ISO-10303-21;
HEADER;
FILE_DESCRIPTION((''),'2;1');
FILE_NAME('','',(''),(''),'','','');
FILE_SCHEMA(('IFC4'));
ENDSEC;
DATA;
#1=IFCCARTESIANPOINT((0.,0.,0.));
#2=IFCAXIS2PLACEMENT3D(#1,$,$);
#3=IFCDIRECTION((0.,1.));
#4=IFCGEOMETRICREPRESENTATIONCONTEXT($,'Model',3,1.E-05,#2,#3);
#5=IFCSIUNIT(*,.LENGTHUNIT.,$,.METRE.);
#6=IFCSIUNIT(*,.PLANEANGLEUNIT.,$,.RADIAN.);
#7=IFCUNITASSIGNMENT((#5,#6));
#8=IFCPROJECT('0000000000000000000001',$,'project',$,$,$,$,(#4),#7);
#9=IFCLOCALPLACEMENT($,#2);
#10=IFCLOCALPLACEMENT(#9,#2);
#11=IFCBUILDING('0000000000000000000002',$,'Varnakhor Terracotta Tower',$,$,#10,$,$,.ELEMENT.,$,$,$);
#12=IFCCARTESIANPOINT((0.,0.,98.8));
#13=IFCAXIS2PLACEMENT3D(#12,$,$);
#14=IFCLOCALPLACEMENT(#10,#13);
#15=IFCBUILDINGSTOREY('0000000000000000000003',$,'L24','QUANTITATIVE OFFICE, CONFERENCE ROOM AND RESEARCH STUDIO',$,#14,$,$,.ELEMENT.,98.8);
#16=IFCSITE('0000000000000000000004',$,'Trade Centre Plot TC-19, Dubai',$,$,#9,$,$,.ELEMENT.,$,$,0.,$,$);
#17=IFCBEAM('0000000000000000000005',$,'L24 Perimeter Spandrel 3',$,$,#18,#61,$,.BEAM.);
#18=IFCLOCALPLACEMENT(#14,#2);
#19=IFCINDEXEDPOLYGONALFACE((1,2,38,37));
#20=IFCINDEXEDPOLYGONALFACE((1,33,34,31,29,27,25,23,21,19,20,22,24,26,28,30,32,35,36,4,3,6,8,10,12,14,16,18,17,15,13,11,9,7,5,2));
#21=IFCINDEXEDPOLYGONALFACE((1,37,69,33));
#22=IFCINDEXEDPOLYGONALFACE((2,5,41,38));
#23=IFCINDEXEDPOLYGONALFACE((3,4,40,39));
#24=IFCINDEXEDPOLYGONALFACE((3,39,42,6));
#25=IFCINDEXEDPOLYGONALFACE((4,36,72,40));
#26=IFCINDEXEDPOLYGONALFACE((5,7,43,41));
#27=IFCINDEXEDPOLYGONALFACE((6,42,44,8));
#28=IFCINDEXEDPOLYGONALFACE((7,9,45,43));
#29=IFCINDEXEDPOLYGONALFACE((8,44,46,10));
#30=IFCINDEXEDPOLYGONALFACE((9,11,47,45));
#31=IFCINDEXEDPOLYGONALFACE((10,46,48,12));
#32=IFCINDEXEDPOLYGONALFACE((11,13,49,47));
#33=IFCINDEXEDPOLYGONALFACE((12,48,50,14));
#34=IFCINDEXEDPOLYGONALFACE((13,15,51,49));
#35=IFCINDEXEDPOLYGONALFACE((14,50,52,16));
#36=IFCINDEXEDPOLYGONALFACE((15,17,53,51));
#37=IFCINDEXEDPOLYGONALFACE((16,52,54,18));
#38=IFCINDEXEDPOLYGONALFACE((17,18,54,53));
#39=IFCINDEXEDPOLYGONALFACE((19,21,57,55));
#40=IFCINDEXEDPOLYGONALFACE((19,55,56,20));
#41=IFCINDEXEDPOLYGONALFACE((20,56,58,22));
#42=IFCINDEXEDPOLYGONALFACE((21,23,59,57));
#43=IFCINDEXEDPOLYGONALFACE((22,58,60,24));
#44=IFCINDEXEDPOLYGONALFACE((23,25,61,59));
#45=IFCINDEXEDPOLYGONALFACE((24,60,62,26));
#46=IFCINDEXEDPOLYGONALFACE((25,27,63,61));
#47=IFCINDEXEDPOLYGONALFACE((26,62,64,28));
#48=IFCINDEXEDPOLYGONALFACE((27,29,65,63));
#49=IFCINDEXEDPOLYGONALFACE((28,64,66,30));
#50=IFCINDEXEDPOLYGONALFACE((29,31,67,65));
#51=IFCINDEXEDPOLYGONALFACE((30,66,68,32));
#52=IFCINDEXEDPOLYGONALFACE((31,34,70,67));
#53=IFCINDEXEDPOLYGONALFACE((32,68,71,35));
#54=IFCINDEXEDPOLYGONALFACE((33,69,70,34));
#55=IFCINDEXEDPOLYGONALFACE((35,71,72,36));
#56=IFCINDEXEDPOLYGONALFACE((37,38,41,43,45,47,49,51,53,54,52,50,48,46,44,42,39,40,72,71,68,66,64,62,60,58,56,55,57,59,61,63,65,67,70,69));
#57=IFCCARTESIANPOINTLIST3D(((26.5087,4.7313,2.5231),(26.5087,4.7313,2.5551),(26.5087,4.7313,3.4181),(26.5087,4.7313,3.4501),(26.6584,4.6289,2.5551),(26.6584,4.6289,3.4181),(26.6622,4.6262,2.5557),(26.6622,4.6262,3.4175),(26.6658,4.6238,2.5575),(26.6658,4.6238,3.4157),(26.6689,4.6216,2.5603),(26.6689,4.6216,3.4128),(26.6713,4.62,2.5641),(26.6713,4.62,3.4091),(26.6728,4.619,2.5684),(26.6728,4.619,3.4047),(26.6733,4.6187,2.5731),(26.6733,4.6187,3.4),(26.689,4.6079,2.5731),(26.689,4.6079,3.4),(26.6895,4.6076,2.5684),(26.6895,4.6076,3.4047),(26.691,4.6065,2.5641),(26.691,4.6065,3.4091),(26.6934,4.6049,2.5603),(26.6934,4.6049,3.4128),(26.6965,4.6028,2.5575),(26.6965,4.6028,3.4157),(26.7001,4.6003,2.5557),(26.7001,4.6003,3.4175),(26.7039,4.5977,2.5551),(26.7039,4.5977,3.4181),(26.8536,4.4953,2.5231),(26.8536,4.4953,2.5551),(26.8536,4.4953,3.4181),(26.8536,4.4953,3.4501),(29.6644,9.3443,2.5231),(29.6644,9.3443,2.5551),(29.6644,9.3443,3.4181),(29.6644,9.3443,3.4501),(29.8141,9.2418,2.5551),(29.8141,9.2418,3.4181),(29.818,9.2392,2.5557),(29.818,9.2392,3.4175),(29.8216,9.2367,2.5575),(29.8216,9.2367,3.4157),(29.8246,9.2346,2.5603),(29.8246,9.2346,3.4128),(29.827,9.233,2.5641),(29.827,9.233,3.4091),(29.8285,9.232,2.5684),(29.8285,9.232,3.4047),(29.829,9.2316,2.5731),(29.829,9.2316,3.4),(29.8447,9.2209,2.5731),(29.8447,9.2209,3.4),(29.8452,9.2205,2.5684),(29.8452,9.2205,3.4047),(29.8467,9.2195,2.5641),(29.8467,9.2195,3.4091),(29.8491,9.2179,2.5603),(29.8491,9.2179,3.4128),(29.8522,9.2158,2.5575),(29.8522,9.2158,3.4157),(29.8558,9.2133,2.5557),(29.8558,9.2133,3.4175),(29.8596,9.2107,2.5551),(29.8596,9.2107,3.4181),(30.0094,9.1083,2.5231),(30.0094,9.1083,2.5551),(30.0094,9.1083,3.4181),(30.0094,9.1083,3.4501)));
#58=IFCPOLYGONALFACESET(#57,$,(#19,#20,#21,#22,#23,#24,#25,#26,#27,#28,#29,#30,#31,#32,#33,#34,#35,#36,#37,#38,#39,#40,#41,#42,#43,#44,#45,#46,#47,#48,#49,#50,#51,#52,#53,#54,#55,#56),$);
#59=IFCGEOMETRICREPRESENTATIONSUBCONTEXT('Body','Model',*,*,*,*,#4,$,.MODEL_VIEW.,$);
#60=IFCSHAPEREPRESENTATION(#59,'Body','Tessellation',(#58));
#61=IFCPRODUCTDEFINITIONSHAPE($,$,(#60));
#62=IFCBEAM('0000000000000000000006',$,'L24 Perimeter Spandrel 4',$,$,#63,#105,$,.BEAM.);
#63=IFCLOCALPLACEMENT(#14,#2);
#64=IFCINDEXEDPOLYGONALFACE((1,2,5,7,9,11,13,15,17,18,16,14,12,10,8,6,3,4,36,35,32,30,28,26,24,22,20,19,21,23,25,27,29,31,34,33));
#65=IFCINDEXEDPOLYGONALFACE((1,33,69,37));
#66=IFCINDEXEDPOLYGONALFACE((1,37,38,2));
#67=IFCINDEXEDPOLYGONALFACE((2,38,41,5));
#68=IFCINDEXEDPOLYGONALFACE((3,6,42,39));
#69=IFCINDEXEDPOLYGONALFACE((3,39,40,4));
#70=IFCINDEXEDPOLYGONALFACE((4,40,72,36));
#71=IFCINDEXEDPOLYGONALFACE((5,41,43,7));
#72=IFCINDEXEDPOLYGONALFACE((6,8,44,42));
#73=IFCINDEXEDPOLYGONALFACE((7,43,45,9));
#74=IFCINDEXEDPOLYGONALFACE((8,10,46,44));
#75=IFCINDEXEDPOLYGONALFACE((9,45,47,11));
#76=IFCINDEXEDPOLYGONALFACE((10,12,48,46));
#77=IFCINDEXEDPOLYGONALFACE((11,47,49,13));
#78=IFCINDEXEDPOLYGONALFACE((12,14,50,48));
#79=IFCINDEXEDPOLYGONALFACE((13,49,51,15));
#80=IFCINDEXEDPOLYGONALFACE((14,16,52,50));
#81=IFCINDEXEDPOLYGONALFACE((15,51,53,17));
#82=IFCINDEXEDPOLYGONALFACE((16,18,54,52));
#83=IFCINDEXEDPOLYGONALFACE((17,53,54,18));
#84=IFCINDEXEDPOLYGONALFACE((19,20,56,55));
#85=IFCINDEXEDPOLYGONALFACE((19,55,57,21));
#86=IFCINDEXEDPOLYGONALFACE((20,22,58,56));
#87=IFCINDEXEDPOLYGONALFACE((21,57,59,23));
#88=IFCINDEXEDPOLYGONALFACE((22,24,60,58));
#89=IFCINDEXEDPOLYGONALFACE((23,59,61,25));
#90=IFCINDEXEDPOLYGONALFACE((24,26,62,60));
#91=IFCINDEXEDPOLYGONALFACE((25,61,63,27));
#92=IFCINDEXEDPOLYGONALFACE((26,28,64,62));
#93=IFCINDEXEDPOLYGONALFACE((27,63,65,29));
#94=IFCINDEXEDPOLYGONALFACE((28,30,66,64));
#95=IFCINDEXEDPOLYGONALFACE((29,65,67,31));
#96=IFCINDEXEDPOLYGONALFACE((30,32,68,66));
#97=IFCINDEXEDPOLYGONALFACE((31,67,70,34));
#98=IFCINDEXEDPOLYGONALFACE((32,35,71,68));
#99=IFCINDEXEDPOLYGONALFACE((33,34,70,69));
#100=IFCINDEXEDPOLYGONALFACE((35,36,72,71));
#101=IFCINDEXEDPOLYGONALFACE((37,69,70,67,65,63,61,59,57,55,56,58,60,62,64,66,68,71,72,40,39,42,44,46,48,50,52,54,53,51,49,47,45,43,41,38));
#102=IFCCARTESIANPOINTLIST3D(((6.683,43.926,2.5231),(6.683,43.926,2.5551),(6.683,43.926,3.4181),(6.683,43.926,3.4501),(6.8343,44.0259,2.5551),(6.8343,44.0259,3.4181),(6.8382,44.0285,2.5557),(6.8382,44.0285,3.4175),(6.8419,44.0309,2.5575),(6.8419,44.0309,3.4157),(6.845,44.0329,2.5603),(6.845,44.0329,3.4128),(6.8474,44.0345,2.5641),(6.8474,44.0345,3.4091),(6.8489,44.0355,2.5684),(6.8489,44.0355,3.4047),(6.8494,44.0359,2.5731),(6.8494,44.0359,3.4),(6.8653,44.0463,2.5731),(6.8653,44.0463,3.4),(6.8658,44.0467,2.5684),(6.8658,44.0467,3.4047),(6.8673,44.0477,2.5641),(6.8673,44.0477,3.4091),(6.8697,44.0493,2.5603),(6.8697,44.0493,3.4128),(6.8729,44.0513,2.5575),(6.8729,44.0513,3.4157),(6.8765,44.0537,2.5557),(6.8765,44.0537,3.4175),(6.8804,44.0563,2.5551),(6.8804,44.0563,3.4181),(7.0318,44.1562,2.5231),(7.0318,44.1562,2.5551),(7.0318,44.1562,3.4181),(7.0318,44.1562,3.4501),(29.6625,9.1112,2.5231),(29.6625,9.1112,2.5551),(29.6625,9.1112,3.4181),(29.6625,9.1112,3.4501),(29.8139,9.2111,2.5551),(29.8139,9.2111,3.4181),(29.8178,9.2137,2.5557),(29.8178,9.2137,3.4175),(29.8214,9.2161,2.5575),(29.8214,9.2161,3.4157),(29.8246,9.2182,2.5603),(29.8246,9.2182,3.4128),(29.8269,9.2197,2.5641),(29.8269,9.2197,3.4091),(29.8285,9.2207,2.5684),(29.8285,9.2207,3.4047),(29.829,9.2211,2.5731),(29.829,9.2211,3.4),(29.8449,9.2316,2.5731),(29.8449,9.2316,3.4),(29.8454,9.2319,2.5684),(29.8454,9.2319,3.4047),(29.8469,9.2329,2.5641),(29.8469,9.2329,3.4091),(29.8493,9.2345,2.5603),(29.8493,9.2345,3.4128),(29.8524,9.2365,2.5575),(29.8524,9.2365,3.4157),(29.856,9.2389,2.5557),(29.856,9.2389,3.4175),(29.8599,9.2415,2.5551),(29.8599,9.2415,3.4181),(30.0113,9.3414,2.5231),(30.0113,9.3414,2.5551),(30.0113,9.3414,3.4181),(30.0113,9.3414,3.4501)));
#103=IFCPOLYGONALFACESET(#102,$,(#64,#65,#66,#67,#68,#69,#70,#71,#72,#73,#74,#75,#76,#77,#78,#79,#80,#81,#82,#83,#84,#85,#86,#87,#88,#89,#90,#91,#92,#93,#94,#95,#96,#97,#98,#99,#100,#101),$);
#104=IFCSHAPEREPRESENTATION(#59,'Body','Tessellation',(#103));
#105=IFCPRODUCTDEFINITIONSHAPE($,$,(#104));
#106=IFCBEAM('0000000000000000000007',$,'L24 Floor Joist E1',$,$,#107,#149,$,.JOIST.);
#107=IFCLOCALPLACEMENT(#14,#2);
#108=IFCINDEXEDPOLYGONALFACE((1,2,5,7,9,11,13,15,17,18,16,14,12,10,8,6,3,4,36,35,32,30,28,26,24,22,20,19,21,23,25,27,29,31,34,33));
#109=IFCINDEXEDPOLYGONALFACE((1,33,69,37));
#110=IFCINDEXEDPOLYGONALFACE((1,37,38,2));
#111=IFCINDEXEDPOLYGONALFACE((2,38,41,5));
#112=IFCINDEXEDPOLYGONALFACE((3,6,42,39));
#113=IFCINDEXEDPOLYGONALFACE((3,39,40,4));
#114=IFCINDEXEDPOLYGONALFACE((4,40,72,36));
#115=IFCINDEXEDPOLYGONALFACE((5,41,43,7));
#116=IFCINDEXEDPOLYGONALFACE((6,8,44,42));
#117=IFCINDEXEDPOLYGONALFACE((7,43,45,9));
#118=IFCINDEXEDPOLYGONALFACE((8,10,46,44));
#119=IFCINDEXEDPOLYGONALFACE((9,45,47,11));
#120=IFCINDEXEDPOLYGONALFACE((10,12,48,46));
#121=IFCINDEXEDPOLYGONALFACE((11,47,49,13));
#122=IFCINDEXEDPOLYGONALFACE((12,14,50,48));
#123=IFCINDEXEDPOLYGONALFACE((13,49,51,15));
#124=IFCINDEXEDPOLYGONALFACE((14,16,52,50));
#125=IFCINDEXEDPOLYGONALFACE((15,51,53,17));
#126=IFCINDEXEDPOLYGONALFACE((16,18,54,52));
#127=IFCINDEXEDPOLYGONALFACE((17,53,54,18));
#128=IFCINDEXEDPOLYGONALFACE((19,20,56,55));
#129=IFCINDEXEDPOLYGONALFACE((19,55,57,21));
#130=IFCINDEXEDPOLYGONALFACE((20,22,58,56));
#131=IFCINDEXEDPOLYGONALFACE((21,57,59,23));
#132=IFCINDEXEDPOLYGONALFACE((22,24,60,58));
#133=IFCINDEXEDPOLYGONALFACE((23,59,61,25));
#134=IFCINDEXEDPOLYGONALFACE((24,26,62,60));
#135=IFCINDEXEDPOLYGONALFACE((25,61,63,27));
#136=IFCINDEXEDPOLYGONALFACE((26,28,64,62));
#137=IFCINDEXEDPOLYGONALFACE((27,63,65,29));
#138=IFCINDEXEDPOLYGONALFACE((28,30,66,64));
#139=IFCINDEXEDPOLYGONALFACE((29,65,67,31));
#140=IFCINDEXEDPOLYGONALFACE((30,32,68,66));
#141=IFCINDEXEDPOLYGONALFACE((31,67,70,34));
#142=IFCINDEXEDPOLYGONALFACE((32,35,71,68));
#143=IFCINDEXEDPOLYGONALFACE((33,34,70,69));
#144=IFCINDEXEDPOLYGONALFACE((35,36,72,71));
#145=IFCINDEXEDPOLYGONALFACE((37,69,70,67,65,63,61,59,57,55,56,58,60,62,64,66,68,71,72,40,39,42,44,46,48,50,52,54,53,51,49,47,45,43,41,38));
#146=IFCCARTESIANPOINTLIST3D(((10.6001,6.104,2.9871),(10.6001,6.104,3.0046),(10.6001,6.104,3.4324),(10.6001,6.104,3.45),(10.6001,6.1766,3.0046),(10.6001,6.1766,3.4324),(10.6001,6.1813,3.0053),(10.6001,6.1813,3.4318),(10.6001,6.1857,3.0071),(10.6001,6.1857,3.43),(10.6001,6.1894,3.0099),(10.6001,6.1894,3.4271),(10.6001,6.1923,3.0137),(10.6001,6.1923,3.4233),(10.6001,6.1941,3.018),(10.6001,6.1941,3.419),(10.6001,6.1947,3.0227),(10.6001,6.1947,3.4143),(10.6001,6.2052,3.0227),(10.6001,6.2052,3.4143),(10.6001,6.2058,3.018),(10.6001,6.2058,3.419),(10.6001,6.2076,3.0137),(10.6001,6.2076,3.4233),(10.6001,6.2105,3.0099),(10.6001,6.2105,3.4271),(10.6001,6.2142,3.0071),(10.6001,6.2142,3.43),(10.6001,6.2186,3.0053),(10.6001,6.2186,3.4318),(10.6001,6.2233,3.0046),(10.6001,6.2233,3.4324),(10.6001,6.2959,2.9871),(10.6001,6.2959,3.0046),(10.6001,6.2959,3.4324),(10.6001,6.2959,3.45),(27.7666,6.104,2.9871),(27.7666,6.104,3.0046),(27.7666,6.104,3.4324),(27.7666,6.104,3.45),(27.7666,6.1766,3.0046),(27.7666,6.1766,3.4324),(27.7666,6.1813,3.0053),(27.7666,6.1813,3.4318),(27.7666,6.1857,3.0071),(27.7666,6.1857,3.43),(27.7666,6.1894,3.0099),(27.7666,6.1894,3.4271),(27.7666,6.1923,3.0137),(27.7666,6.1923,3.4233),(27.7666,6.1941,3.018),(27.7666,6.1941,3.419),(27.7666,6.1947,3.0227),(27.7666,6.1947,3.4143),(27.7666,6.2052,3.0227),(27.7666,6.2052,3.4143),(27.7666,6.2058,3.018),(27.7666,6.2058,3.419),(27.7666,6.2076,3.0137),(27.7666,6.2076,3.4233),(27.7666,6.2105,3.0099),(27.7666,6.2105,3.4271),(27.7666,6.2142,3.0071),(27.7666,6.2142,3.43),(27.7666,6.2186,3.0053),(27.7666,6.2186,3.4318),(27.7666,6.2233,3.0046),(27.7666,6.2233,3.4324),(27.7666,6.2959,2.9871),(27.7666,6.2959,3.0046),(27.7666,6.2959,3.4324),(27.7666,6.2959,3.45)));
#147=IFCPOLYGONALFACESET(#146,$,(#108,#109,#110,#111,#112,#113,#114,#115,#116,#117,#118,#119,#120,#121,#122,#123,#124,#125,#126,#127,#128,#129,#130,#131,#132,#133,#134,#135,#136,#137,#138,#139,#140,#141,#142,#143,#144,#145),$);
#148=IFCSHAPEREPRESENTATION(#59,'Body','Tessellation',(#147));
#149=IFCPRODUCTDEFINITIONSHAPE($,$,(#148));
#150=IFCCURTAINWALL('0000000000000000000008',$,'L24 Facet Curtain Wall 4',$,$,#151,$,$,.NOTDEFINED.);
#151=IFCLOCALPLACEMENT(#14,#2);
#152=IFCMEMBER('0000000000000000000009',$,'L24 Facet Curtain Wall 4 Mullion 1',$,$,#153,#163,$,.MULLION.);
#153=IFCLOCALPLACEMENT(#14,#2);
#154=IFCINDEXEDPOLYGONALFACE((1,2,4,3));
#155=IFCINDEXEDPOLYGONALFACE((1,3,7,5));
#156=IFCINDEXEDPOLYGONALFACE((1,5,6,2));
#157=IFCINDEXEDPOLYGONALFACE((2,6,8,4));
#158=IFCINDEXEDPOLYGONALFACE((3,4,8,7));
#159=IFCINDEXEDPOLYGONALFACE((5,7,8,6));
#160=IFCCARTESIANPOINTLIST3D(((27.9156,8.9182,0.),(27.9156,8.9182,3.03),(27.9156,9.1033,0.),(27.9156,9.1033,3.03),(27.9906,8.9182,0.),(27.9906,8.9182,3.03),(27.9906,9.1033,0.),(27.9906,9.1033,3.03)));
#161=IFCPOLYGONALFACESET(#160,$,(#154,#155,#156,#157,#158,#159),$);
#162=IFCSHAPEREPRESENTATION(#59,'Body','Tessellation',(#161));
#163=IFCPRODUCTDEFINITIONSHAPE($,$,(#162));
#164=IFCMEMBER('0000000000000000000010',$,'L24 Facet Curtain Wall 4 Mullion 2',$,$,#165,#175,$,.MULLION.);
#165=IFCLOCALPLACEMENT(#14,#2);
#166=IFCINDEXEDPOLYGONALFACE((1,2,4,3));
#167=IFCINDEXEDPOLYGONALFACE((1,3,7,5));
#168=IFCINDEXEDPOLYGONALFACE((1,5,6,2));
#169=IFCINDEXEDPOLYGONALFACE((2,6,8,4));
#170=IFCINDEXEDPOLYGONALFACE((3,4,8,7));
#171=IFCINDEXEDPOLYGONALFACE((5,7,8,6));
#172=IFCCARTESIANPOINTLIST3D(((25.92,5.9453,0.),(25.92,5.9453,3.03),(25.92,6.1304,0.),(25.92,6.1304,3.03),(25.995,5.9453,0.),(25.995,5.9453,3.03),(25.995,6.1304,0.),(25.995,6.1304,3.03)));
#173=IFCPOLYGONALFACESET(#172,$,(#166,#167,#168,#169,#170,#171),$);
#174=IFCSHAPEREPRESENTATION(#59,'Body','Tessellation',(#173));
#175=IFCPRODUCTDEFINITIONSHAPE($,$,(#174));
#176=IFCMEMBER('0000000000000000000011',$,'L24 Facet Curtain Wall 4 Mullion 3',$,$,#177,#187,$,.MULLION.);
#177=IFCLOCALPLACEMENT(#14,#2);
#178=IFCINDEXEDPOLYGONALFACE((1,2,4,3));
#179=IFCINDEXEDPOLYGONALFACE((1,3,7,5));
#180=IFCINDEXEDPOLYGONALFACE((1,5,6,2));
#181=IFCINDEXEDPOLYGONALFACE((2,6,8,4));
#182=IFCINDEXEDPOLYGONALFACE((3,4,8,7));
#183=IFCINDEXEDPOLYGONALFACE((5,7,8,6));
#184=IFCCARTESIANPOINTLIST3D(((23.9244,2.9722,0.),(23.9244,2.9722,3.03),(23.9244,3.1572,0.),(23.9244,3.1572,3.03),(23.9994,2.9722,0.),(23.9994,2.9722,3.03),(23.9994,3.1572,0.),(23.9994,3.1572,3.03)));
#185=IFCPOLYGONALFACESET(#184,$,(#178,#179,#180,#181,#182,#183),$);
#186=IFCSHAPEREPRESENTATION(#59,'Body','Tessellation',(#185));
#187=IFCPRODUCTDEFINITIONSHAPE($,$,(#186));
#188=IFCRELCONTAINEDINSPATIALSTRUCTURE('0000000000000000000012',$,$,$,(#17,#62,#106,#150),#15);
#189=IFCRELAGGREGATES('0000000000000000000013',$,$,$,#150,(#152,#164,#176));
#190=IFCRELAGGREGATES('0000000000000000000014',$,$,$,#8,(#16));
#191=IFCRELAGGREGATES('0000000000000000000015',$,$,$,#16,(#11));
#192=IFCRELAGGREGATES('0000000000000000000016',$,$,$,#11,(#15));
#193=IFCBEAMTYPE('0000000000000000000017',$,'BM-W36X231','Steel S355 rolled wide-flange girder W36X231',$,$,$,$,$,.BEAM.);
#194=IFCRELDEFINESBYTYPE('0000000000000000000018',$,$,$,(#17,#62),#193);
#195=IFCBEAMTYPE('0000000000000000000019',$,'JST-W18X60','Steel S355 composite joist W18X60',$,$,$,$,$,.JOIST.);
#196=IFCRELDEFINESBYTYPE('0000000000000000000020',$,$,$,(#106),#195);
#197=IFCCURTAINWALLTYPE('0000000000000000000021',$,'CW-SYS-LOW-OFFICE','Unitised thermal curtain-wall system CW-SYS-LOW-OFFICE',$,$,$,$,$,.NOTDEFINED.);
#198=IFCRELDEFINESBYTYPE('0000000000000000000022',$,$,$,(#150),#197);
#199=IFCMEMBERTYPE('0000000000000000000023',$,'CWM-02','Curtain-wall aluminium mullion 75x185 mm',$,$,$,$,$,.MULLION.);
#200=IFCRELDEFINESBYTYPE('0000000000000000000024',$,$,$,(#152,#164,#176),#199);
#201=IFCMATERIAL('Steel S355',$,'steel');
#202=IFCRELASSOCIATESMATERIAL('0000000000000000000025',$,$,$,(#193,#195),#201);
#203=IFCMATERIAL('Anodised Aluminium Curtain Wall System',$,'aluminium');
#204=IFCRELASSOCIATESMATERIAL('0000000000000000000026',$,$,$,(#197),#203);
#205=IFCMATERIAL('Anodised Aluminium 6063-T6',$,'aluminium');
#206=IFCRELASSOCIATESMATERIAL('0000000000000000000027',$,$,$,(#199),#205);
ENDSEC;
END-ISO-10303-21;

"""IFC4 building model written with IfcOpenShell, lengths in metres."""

from ifc_helpers import new_model, si_unit, direction, frame, origin, origin_2d, place, context, subcontext, project, spatial, rectangle, i_section, extrude, source, transform, mapped, material, material_profile, profile_set, type_object, type_shapes, element, aggregate, save


model = new_model("IFC4")

# Units and contexts
model_context = context("Model", 3, precision=1e-05, world=origin(), true_north=direction((0.0, 1.0)))
body_context = subcontext(model_context, "Body", "Model", "MODEL_VIEW")
ifc_project = project(units=[si_unit("LENGTHUNIT", "METRE"), si_unit("PLANEANGLEUNIT", "RADIAN")], contexts=[model_context])

# Site, building, storey
site_placement = place(None, origin())
site = spatial("IfcSite", under=ifc_project, at=site_placement, Name="Trade Centre Plot TC-19, Dubai", CompositionType="ELEMENT", RefElevation=0.0)
building_placement = place(site_placement, origin())
building = spatial("IfcBuilding", under=site, at=building_placement, Name="Varnakhor Terracotta Tower", CompositionType="ELEMENT")
storey_placement = place(building_placement, frame((0.0, 0.0, 98.8)))
storey = spatial("IfcBuildingStorey", under=building, at=storey_placement, Name="L24", Description="QUANTITATIVE OFFICE, CONFERENCE ROOM AND RESEARCH STUDIO", CompositionType="ELEMENT", Elevation=98.8)

# Beams
ifc_material_1 = material(Name="Steel S355", Category="steel")
ifc_material_profile_1 = material_profile(ifc_material_1, i_section(OverallWidth=0.418, OverallDepth=0.927, WebThickness=0.019, FlangeThickness=0.032, FilletRadius=0.0181, at=origin_2d()), Name="W36X231")
ifc_profile_set_1 = profile_set([ifc_material_profile_1], Name="Steel S355")
beam_type_1 = type_object("IfcBeamType", Name="BM-W36X231", Description="Steel S355 rolled wide-flange girder W36X231", PredefinedType="BEAM", material=ifc_profile_set_1)
shared_shape_1 = source(origin(), body_context, "Body", "SweptSolid", [
    extrude(i_section(OverallWidth=0.418, OverallDepth=0.927, WebThickness=0.019, FlangeThickness=0.032, FilletRadius=0.0181, at=origin_2d()), origin(), (0.0, 0.0, 1.0), 5.5891),
])
beam_1_placement = place(storey_placement, frame((26.6812, 4.6133, 2.9866), z_axis=(0.56462, 0.825351, 0.0), x_axis=(-0.825351, 0.56462, 0.0)))
element("IfcBeam", 1, at=beam_1_placement, inside=storey, type_object=beam_type_1, Name="L24 Perimeter Spandrel 3", PredefinedType="BEAM", context=body_context, shape_type="MappedRepresentation", body=[
    mapped(shared_shape_1, transform((0.0, 0.0, 0.0), scale=1.0)),
])
shared_shape_2 = source(origin(), body_context, "Body", "SweptSolid", [
    extrude(i_section(OverallWidth=0.418, OverallDepth=0.927, WebThickness=0.019, FlangeThickness=0.032, FilletRadius=0.0181, at=origin_2d()), origin(), (0.0, 0.0, 1.0), 41.7148),
])
beam_2_placement = place(storey_placement, frame((29.8369, 9.2263, 2.9866), z_axis=(-0.550872, 0.83459, 0.0), x_axis=(-0.83459, -0.550872, 0.0)))
element("IfcBeam", 2, at=beam_2_placement, inside=storey, type_object=beam_type_1, Name="L24 Perimeter Spandrel 4", PredefinedType="BEAM", context=body_context, shape_type="MappedRepresentation", body=[
    mapped(shared_shape_2, transform((0.0, 0.0, 0.0), scale=1.0)),
])
ifc_material_profile_2 = material_profile(ifc_material_1, i_section(OverallWidth=0.1919, OverallDepth=0.4629, WebThickness=0.0105, FlangeThickness=0.0176, FilletRadius=0.0181, at=origin_2d()), Name="W18X60")
ifc_profile_set_2 = profile_set([ifc_material_profile_2], Name="Steel S355")
beam_type_2 = type_object("IfcBeamType", Name="JST-W18X60", Description="Steel S355 composite joist W18X60", PredefinedType="JOIST", material=ifc_profile_set_2)
shared_shape_3 = source(origin(), body_context, "Body", "SweptSolid", [
    extrude(i_section(OverallWidth=0.1919, OverallDepth=0.4629, WebThickness=0.0105, FlangeThickness=0.0176, FilletRadius=0.0181, at=origin_2d()), origin(), (0.0, 0.0, 1.0), 17.1665),
])
beam_3_placement = place(storey_placement, frame((10.6001, 6.2, 3.2185), z_axis=(1.0, 0.0, 0.0), x_axis=(0.0, 1.0, 0.0)))
element("IfcBeam", 3, at=beam_3_placement, inside=storey, type_object=beam_type_2, Name="L24 Floor Joist E1", PredefinedType="JOIST", context=body_context, shape_type="MappedRepresentation", body=[
    mapped(shared_shape_3, transform((0.0, 0.0, 0.0), scale=1.0)),
])

# Curtain wall, members
ifc_material_2 = material(Name="Anodised Aluminium Curtain Wall System", Category="aluminium")
curtain_wall_type = type_object("IfcCurtainWallType", Name="CW-SYS-LOW-OFFICE", Description="Unitised thermal curtain-wall system CW-SYS-LOW-OFFICE", PredefinedType="NOTDEFINED", material=ifc_material_2)
curtain_wall_1_placement = place(storey_placement, origin())
curtain_wall_1 = element("IfcCurtainWall", 4, at=curtain_wall_1_placement, inside=storey, type_object=curtain_wall_type, Name="L24 Facet Curtain Wall 4", PredefinedType="NOTDEFINED")
ifc_material_3 = material(Name="Anodised Aluminium 6063-T6", Category="aluminium")
ifc_material_profile_3 = material_profile(ifc_material_3, rectangle(XDim=0.075, YDim=0.1851, at=origin_2d()), Name="ALU MULLION 75x185")
ifc_profile_set_3 = profile_set([ifc_material_profile_3], Name="Anodised Aluminium 6063-T6")
member_type_1 = type_object("IfcMemberType", Name="CWM-02", Description="Curtain-wall aluminium mullion 75x185 mm", PredefinedType="MULLION", material=ifc_profile_set_3)
shared_shape_4 = source(origin(), body_context, "Body", "SweptSolid", [
    extrude(rectangle(XDim=0.075, YDim=0.1851, at=origin_2d()), origin(), (0.0, 0.0, 1.0), 3.03),
])
type_shapes(member_type_1, [shared_shape_4])
member_1_placement = place(storey_placement, frame((27.9531, 9.0107, 0.0), z_axis=(0.0, 0.0, 1.0), x_axis=(1.0, 0.0, 0.0)))
member_1 = element("IfcMember", 5, at=member_1_placement, type_object=member_type_1, Name="L24 Facet Curtain Wall 4 Mullion 1", PredefinedType="MULLION", context=body_context, shape_type="MappedRepresentation", body=[
    mapped(shared_shape_4, transform((0.0, 0.0, 0.0), scale=1.0)),
])
member_2_placement = place(storey_placement, frame((25.9575, 6.0378, 0.0), z_axis=(0.0, 0.0, 1.0), x_axis=(1.0, 0.0, 0.0)))
member_2 = element("IfcMember", 6, at=member_2_placement, type_object=member_type_1, Name="L24 Facet Curtain Wall 4 Mullion 2", PredefinedType="MULLION", context=body_context, shape_type="MappedRepresentation", body=[
    mapped(shared_shape_4, transform((0.0, 0.0, 0.0), scale=1.0)),
])
member_3_placement = place(storey_placement, frame((23.9619, 3.0647, 0.0), z_axis=(0.0, 0.0, 1.0), x_axis=(1.0, 0.0, 0.0)))
member_3 = element("IfcMember", 7, at=member_3_placement, type_object=member_type_1, Name="L24 Facet Curtain Wall 4 Mullion 3", PredefinedType="MULLION", context=body_context, shape_type="MappedRepresentation", body=[
    mapped(shared_shape_4, transform((0.0, 0.0, 0.0), scale=1.0)),
])

aggregate(curtain_wall_1, [member_1, member_2, member_3])

save(model, "model.ifc")
